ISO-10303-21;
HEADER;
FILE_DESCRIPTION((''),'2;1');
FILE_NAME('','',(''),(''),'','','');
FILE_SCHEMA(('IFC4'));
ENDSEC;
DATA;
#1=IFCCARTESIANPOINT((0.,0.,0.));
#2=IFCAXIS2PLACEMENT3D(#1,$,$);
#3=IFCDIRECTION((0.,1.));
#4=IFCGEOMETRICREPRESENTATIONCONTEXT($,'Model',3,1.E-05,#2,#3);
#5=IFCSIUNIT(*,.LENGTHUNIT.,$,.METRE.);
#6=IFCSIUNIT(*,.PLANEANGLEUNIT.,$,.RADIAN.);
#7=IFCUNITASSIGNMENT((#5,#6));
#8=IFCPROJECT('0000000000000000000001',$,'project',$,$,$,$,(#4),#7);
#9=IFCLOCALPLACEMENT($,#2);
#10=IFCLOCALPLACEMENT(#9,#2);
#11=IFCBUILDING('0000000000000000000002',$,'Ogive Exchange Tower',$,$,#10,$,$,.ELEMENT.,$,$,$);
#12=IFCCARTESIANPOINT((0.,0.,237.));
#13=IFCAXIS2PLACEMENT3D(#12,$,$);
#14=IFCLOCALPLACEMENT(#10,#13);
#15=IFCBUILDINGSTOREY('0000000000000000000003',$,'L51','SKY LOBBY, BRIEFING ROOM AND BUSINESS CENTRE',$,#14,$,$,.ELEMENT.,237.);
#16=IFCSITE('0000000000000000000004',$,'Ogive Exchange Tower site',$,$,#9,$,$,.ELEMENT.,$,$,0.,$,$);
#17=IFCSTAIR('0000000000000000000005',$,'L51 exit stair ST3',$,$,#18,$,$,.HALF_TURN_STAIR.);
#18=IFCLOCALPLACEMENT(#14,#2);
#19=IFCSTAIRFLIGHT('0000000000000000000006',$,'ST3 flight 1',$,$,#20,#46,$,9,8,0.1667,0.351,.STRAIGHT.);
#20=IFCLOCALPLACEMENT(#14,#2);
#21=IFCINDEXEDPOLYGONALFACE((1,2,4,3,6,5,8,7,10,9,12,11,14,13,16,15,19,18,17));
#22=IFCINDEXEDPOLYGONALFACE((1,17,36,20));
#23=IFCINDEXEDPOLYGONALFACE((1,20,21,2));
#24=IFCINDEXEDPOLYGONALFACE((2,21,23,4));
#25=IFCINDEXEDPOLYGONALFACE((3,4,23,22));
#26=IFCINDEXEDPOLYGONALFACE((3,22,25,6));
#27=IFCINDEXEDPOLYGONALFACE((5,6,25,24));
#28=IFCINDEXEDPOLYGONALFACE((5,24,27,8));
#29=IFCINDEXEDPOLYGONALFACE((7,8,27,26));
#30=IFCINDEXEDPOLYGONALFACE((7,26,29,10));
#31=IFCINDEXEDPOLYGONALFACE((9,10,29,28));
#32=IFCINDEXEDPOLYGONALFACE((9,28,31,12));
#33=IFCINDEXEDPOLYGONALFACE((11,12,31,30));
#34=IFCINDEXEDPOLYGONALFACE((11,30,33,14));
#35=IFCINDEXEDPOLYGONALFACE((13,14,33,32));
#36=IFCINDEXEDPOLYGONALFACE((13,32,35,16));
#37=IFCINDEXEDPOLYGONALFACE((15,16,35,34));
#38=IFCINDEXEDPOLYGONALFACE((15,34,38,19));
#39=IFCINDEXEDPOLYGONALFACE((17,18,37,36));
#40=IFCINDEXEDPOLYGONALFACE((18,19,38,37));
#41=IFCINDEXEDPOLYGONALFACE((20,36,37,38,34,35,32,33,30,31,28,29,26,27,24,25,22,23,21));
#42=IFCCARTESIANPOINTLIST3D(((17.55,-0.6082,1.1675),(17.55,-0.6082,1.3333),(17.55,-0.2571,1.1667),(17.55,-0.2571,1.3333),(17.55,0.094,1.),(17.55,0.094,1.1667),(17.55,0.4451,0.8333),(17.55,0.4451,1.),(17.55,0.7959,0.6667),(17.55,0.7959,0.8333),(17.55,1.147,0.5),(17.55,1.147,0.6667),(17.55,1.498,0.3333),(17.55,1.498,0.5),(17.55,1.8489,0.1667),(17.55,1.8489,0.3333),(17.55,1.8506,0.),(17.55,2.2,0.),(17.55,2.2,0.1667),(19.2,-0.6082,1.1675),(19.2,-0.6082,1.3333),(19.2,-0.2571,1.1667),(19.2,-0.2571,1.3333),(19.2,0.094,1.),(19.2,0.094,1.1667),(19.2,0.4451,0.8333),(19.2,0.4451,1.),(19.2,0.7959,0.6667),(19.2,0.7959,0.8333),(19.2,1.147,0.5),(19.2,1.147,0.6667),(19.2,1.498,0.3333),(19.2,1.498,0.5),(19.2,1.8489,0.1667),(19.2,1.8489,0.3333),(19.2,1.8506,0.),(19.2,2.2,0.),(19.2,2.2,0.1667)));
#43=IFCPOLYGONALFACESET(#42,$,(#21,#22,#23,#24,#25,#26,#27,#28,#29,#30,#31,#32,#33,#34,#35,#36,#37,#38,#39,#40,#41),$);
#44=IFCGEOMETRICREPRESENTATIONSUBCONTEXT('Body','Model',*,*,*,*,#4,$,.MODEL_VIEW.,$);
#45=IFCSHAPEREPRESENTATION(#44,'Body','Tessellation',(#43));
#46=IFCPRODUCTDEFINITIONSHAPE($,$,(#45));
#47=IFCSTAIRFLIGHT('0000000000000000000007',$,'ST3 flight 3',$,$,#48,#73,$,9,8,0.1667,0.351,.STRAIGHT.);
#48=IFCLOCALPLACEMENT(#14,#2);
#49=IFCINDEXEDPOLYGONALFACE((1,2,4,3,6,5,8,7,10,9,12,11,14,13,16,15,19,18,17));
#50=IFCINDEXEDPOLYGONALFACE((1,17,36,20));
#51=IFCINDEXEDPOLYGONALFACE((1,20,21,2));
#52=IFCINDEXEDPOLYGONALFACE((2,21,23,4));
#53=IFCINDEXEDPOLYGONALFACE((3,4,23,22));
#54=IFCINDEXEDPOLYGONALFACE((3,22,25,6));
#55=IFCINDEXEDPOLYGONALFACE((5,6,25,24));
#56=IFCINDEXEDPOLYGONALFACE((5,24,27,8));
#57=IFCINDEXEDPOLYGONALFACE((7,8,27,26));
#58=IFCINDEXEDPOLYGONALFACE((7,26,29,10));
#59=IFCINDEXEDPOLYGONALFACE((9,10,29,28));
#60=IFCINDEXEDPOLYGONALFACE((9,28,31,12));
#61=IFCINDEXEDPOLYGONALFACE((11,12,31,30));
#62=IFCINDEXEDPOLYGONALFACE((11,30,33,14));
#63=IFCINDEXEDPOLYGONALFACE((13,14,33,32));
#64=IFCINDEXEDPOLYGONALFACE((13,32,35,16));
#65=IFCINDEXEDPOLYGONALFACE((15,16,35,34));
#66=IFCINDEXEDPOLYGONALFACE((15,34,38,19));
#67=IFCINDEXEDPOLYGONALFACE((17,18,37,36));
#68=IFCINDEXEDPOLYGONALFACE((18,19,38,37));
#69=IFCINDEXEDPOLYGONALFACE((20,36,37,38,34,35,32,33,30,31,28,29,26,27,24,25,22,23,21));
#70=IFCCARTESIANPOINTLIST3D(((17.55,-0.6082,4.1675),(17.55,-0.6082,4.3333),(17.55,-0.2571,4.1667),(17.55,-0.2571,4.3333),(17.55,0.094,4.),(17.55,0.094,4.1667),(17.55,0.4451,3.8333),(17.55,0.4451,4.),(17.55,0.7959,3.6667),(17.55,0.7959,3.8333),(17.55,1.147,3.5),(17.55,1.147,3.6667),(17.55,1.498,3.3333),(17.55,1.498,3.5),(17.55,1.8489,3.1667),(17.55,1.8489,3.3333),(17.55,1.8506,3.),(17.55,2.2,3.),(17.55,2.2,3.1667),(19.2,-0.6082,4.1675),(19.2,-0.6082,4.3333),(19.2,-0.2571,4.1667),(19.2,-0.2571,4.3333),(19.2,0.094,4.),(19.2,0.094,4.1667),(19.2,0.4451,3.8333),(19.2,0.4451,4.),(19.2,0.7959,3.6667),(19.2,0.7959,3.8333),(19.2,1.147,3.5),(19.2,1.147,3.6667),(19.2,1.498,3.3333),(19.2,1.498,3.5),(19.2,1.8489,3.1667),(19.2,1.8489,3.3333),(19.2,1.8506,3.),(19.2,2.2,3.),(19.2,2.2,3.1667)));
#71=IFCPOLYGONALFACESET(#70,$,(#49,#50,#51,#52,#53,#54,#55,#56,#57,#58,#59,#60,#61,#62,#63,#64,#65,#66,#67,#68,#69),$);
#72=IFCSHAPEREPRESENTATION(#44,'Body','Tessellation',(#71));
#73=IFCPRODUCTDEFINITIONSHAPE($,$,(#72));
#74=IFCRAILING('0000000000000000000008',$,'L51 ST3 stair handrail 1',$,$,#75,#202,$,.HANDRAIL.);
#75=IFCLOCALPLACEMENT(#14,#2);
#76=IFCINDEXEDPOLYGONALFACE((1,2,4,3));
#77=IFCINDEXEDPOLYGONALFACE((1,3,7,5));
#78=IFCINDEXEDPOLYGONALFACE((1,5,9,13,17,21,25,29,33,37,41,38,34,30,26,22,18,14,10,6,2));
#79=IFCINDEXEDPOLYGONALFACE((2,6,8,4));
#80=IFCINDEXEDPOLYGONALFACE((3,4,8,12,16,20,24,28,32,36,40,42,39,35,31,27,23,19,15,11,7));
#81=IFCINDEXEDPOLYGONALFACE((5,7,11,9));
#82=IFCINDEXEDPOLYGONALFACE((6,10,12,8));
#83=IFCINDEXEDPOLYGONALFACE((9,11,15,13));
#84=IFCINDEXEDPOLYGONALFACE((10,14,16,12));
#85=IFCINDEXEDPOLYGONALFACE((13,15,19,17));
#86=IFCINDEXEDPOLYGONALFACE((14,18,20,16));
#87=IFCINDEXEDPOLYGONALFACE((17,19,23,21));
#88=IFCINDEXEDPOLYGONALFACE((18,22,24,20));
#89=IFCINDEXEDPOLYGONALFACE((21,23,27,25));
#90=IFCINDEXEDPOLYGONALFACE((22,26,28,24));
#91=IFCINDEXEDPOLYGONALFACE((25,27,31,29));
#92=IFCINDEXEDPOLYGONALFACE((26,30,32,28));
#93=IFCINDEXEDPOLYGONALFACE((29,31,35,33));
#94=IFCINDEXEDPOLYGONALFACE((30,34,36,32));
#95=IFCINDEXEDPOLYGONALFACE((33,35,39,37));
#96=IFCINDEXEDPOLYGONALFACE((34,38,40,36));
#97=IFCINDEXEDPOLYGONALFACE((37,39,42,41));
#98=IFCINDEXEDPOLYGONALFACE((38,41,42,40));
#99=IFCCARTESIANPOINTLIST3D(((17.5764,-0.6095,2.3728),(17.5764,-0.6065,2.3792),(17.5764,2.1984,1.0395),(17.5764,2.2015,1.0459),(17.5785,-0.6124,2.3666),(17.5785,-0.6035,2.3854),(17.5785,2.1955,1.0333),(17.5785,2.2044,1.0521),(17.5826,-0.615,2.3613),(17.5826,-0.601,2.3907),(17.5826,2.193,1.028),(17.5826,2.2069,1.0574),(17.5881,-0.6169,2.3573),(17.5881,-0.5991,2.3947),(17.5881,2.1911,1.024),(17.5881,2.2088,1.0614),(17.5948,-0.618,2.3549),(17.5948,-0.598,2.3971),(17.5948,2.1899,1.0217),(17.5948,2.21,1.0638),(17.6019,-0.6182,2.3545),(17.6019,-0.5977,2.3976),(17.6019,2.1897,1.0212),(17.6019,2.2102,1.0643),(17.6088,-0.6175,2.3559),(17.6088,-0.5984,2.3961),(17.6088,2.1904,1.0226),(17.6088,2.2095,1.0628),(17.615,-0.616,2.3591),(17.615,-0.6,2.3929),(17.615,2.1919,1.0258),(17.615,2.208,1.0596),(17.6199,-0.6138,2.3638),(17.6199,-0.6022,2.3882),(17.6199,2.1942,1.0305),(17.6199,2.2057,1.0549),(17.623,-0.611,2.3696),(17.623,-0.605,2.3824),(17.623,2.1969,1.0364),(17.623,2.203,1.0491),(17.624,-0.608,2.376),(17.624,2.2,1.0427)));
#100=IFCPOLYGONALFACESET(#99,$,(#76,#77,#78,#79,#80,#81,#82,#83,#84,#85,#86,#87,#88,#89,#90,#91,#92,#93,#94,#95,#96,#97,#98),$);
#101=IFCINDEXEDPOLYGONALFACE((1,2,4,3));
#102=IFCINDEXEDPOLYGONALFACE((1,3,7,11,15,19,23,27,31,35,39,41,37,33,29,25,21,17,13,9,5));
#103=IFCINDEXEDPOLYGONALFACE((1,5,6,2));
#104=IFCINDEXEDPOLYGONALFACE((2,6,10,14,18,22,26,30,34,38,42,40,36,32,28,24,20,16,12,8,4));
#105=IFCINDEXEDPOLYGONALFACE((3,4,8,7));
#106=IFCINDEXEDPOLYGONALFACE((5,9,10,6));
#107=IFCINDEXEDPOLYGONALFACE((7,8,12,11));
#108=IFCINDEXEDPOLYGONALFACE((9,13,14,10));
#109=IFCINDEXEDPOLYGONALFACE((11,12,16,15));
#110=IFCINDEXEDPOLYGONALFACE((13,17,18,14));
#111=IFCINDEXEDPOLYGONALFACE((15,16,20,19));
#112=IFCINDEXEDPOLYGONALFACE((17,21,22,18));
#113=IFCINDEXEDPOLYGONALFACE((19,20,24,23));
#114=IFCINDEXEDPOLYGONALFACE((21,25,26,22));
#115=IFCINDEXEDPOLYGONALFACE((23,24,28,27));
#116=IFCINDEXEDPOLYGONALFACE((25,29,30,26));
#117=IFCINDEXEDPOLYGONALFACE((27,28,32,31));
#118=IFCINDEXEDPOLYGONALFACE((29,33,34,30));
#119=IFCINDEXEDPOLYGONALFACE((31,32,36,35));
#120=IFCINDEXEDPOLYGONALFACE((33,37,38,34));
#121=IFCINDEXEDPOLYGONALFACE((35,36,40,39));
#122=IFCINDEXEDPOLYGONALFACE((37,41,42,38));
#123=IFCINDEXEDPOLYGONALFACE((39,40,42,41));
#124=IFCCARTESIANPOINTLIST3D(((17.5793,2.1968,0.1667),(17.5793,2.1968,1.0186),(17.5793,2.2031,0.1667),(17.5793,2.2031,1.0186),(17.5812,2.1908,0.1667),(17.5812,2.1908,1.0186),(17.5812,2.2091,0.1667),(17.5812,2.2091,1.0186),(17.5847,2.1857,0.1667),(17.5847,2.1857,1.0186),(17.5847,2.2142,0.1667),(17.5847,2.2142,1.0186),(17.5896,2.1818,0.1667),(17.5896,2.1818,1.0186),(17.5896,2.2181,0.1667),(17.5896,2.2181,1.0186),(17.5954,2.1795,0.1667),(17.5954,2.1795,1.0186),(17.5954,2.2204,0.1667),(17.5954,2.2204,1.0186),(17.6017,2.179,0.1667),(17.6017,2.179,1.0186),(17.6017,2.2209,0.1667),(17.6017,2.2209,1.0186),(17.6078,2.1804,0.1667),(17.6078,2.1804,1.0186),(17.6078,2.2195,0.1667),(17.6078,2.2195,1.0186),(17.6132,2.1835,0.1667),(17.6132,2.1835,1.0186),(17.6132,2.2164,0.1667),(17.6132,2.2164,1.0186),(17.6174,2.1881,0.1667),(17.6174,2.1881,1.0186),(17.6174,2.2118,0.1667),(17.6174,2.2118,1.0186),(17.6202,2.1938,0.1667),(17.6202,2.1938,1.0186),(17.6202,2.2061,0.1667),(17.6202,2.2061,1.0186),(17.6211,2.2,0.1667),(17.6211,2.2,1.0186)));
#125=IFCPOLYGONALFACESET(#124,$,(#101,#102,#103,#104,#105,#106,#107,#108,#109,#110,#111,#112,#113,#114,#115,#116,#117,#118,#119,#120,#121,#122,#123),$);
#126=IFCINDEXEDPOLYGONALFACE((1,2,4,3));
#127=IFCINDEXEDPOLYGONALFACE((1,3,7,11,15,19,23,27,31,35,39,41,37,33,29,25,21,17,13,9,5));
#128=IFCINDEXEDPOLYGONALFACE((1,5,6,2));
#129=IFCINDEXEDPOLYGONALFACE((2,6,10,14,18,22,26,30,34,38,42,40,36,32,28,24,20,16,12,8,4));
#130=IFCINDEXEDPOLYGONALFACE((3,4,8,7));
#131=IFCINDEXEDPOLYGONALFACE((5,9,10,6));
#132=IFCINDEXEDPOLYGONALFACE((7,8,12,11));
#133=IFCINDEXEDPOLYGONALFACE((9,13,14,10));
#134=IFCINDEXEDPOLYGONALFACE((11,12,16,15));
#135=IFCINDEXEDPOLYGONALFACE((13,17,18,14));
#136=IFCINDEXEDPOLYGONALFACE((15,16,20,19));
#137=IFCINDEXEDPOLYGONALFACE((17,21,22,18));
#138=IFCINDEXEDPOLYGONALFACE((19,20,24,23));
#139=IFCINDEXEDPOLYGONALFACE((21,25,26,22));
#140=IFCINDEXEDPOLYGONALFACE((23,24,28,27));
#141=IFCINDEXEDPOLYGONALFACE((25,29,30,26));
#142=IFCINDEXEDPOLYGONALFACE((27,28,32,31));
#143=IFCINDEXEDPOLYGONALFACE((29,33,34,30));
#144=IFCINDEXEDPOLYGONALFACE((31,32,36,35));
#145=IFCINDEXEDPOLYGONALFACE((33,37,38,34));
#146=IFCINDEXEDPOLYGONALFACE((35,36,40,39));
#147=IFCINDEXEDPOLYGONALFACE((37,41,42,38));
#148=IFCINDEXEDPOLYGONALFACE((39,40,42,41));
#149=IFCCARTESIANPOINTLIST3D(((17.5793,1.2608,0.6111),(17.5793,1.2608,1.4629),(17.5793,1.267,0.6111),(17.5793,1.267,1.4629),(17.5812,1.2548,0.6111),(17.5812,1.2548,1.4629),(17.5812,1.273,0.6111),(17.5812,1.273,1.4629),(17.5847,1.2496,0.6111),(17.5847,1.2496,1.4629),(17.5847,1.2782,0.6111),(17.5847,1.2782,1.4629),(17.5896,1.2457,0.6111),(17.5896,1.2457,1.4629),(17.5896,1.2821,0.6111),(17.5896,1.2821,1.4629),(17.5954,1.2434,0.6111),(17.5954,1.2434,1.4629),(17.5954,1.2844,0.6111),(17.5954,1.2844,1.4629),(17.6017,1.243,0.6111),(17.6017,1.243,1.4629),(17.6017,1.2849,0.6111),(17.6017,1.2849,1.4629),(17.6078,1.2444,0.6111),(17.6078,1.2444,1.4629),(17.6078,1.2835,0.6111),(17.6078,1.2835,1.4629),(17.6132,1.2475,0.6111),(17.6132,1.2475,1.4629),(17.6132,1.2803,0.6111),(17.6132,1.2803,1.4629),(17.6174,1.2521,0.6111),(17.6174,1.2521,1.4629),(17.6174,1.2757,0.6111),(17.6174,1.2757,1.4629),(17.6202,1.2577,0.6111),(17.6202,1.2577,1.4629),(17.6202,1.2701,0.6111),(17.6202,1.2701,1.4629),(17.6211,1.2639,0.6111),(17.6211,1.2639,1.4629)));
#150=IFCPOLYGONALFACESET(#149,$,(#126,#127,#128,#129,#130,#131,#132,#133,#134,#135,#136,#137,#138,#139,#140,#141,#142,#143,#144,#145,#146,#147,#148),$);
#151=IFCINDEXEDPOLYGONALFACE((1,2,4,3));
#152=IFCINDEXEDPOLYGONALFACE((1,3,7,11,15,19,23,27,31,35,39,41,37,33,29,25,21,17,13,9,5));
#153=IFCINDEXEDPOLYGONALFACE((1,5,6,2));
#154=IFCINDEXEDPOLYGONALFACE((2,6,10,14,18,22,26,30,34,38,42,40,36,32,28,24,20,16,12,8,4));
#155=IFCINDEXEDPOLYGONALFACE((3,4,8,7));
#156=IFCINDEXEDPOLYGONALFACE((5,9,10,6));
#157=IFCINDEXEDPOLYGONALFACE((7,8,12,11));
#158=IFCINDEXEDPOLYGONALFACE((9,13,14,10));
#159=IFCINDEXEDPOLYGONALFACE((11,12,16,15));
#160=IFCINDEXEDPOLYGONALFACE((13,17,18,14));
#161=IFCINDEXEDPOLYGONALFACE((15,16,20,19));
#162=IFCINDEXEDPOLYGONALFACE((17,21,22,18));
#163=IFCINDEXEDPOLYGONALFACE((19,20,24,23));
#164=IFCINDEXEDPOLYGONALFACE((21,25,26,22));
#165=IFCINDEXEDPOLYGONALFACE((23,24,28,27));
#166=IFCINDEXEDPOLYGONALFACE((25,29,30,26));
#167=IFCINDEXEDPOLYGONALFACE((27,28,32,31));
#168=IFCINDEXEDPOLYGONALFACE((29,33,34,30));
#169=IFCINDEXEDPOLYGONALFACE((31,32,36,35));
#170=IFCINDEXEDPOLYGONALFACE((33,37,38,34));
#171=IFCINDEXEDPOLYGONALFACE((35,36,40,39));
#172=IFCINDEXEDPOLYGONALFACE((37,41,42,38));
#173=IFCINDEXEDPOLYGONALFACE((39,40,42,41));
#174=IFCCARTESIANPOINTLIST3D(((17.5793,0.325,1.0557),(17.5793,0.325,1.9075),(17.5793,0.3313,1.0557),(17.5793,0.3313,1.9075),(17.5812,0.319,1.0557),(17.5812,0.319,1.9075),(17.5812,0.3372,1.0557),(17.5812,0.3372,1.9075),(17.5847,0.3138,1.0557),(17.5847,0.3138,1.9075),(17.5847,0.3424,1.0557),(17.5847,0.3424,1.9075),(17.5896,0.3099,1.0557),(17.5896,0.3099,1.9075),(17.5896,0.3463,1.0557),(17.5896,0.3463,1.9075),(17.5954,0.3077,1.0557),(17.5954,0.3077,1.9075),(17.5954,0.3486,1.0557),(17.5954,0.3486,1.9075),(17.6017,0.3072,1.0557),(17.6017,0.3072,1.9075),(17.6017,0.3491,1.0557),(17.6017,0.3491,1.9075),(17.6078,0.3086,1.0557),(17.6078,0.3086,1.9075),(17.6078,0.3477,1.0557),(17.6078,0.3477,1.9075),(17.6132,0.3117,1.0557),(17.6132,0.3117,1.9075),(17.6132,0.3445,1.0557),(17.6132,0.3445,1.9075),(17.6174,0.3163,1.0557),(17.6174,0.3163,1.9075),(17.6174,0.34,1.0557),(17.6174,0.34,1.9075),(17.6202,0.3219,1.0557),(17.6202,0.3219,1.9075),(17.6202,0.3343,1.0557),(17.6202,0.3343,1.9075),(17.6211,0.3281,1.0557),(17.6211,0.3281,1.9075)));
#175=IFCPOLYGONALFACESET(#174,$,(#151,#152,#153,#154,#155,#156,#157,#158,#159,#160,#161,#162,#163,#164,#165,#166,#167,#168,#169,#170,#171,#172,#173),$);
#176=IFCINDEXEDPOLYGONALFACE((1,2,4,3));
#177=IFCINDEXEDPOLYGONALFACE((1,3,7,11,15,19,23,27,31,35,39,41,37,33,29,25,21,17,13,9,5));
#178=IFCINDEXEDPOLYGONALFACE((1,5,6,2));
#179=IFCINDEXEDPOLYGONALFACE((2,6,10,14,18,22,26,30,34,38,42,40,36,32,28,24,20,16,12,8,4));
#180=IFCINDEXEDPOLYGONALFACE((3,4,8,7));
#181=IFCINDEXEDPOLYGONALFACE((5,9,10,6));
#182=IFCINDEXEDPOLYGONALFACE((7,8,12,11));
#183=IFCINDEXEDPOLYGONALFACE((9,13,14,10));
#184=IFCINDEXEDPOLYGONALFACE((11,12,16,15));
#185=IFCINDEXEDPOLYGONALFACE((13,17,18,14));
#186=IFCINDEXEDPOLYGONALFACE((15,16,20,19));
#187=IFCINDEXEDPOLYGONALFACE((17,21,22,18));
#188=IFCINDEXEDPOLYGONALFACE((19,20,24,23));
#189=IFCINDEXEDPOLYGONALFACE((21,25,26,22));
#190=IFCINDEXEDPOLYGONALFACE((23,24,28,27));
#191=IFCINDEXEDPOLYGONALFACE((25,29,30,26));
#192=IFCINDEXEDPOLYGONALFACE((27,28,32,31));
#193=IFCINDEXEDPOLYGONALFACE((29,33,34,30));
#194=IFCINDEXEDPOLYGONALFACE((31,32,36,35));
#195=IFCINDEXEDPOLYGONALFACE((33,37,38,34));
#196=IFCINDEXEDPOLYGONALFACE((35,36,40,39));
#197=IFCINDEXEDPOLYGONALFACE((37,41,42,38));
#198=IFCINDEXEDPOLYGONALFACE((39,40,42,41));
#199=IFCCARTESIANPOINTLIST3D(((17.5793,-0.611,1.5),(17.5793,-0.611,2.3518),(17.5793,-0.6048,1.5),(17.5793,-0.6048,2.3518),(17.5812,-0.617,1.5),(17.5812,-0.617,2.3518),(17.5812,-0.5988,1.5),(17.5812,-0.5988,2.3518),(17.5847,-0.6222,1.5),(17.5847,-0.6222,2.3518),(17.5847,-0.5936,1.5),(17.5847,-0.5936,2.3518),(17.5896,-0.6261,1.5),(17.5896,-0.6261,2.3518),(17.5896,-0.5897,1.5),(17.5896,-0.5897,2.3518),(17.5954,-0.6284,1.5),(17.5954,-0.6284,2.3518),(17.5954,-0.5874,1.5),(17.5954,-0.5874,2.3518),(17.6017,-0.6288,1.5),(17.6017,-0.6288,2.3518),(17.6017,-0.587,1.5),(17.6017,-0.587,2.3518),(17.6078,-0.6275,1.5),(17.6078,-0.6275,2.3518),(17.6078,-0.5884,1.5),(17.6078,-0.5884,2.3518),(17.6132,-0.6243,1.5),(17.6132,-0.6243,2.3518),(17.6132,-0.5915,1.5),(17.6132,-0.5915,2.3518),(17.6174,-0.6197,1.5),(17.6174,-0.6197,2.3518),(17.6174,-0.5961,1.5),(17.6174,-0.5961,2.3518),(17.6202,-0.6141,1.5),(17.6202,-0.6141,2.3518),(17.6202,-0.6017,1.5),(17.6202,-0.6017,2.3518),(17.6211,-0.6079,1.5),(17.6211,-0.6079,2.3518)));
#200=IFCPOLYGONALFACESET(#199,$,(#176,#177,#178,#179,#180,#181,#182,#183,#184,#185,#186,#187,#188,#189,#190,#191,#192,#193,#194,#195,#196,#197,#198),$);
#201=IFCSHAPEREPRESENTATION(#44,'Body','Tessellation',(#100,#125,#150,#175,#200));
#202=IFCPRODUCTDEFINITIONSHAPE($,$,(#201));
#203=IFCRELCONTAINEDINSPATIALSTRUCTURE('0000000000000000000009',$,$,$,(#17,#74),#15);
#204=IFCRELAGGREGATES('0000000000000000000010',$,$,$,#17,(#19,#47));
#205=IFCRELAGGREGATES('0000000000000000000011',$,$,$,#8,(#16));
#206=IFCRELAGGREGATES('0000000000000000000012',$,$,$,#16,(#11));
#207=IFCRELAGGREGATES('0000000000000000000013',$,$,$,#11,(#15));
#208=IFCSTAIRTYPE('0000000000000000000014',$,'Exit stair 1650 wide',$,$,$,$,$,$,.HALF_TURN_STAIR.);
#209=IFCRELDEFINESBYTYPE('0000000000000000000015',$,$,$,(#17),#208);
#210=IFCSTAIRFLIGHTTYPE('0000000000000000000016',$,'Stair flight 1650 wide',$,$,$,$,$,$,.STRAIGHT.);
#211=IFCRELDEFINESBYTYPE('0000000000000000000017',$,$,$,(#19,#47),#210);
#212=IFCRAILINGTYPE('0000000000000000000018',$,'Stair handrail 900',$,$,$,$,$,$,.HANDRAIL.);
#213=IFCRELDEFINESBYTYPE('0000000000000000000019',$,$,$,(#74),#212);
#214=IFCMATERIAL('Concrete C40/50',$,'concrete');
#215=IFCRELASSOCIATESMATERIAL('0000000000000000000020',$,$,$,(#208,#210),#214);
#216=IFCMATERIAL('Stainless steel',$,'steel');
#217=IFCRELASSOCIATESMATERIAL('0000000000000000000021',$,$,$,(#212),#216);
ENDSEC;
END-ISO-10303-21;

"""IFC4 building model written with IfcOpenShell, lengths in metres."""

from ifc_helpers import new_model, si_unit, direction, frame, origin, origin_2d, place, context, subcontext, project, spatial, polyline, circle, outline, extrude, material, type_object, element, aggregate, save


model = new_model("IFC4")

# Units and contexts
model_context = context("Model", 3, precision=1e-05, world=origin(), true_north=direction((0.0, 1.0)))
body_context = subcontext(model_context, "Body", "Model", "MODEL_VIEW")
ifc_project = project(units=[si_unit("LENGTHUNIT", "METRE"), si_unit("PLANEANGLEUNIT", "RADIAN")], contexts=[model_context])

# Site, building, storey
site_placement = place(None, origin())
site = spatial("IfcSite", under=ifc_project, at=site_placement, Name="Ogive Exchange Tower site", CompositionType="ELEMENT", RefElevation=0.0)
building_placement = place(site_placement, origin())
building = spatial("IfcBuilding", under=site, at=building_placement, Name="Ogive Exchange Tower", CompositionType="ELEMENT")
storey_placement = place(building_placement, frame((0.0, 0.0, 237.0)))
storey = spatial("IfcBuildingStorey", under=building, at=storey_placement, Name="L51", Description="SKY LOBBY, BRIEFING ROOM AND BUSINESS CENTRE", CompositionType="ELEMENT", Elevation=237.0)

# Stair
ifc_material_1 = material(Name="Concrete C40/50", Category="concrete")
stair_type = type_object("IfcStairType", Name="Exit stair 1650 wide", PredefinedType="HALF_TURN_STAIR", material=ifc_material_1)
stair_1_placement = place(storey_placement, origin())
stair_1 = element("IfcStair", 1, at=stair_1_placement, inside=storey, type_object=stair_type, Name="L51 exit stair ST3", PredefinedType="HALF_TURN_STAIR")

# Shared definitions
ifc_material_2 = material(Name="Stainless steel", Category="steel")

# Stair flights
stair_flight_type = type_object("IfcStairFlightType", Name="Stair flight 1650 wide", PredefinedType="STRAIGHT", material=ifc_material_1)
stair_flight_1_placement = place(storey_placement, frame((18.375, 2.2, 0.0), z_axis=(0.0, 0.0, 1.0), x_axis=(0.0, -1.0, 0.0)))
stair_flight_1 = element("IfcStairFlight", 2, at=stair_flight_1_placement, type_object=stair_flight_type, Name="ST3 flight 1", NumberOfRisers=9, NumberOfTreads=8, PredefinedType="STRAIGHT", RiserHeight=0.1667, TreadLength=0.351, context=body_context, shape_type="SweptSolid", body=[
    extrude(outline(polyline([(0.0, 0.0), (0.0, 0.1667), (0.3511, 0.1667), (0.3511, 0.3333), (0.7019, 0.3333), (0.7019, 0.5), (1.053, 0.5), (1.053, 0.6667), (1.4041, 0.6667), (1.4041, 0.8333), (1.7549, 0.8333), (1.7549, 1.0), (2.106, 1.0), (2.106, 1.1667), (2.457, 1.1667), (2.457, 1.3333), (2.8081, 1.3333), (2.8081, 1.5), (2.8081, 1.1675), (0.3494, 0.0), (0.0, 0.0)])), frame((0.0, 0.825, 0.0), z_axis=(0.0, -1.0, 0.0), x_axis=(1.0, 0.0, 0.0)), (0.0, 0.0, 1.0), 1.6499),
])
stair_flight_2_placement = place(storey_placement, frame((18.375, 2.2, 3.0), z_axis=(0.0, 0.0, 1.0), x_axis=(0.0, -1.0, 0.0)))
stair_flight_2 = element("IfcStairFlight", 3, at=stair_flight_2_placement, type_object=stair_flight_type, Name="ST3 flight 3", NumberOfRisers=9, NumberOfTreads=8, PredefinedType="STRAIGHT", RiserHeight=0.1667, TreadLength=0.351, context=body_context, shape_type="SweptSolid", body=[
    extrude(outline(polyline([(0.0, 0.0), (0.0, 0.1667), (0.3511, 0.1667), (0.3511, 0.3333), (0.7019, 0.3333), (0.7019, 0.5), (1.053, 0.5), (1.053, 0.6667), (1.4041, 0.6667), (1.4041, 0.8333), (1.7549, 0.8333), (1.7549, 1.0), (2.106, 1.0), (2.106, 1.1667), (2.457, 1.1667), (2.457, 1.3333), (2.8081, 1.3333), (2.8081, 1.5), (2.8081, 1.1675), (0.3494, 0.0), (0.0, 0.0)])), frame((0.0, 0.825, 0.0), z_axis=(0.0, -1.0, 0.0), x_axis=(1.0, 0.0, 0.0)), (0.0, 0.0, 1.0), 1.6499),
])
aggregate(stair_1, [stair_flight_1, stair_flight_2])

# Railing
railing_type = type_object("IfcRailingType", Name="Stair handrail 900", PredefinedType="HANDRAIL", material=ifc_material_2)
for number, where, name in (
    (4, (17.6001, 2.2, 0.1667), "L51 ST3 stair handrail 1"),
):
    element("IfcRailing", number, at=place(storey_placement, frame(where)), inside=storey, type_object=railing_type, Name=name, PredefinedType="HANDRAIL", context=body_context, shape_type="SweptSolid", body=[
        extrude(circle(Radius=0.0239, at=origin_2d()), frame((0.0, 0.0, 0.876), z_axis=(0.0, -0.903338, 0.42893), x_axis=(1.0, 0.0, 0.0)), (0.0, 0.0, 1.0), 3.1084),
        extrude(circle(Radius=0.021, at=origin_2d()), origin(), (0.0, 0.0, 1.0), 0.8518),
        extrude(circle(Radius=0.021, at=origin_2d()), frame((0.0, -0.936, 0.4443)), (0.0, 0.0, 1.0), 0.8518),
        extrude(circle(Radius=0.021, at=origin_2d()), frame((0.0, -1.8718, 0.8889)), (0.0, 0.0, 1.0), 0.8518),
        extrude(circle(Radius=0.021, at=origin_2d()), frame((0.0, -2.8079, 1.3333)), (0.0, 0.0, 1.0), 0.8518),
    ])

save(model, "model.ifc")
